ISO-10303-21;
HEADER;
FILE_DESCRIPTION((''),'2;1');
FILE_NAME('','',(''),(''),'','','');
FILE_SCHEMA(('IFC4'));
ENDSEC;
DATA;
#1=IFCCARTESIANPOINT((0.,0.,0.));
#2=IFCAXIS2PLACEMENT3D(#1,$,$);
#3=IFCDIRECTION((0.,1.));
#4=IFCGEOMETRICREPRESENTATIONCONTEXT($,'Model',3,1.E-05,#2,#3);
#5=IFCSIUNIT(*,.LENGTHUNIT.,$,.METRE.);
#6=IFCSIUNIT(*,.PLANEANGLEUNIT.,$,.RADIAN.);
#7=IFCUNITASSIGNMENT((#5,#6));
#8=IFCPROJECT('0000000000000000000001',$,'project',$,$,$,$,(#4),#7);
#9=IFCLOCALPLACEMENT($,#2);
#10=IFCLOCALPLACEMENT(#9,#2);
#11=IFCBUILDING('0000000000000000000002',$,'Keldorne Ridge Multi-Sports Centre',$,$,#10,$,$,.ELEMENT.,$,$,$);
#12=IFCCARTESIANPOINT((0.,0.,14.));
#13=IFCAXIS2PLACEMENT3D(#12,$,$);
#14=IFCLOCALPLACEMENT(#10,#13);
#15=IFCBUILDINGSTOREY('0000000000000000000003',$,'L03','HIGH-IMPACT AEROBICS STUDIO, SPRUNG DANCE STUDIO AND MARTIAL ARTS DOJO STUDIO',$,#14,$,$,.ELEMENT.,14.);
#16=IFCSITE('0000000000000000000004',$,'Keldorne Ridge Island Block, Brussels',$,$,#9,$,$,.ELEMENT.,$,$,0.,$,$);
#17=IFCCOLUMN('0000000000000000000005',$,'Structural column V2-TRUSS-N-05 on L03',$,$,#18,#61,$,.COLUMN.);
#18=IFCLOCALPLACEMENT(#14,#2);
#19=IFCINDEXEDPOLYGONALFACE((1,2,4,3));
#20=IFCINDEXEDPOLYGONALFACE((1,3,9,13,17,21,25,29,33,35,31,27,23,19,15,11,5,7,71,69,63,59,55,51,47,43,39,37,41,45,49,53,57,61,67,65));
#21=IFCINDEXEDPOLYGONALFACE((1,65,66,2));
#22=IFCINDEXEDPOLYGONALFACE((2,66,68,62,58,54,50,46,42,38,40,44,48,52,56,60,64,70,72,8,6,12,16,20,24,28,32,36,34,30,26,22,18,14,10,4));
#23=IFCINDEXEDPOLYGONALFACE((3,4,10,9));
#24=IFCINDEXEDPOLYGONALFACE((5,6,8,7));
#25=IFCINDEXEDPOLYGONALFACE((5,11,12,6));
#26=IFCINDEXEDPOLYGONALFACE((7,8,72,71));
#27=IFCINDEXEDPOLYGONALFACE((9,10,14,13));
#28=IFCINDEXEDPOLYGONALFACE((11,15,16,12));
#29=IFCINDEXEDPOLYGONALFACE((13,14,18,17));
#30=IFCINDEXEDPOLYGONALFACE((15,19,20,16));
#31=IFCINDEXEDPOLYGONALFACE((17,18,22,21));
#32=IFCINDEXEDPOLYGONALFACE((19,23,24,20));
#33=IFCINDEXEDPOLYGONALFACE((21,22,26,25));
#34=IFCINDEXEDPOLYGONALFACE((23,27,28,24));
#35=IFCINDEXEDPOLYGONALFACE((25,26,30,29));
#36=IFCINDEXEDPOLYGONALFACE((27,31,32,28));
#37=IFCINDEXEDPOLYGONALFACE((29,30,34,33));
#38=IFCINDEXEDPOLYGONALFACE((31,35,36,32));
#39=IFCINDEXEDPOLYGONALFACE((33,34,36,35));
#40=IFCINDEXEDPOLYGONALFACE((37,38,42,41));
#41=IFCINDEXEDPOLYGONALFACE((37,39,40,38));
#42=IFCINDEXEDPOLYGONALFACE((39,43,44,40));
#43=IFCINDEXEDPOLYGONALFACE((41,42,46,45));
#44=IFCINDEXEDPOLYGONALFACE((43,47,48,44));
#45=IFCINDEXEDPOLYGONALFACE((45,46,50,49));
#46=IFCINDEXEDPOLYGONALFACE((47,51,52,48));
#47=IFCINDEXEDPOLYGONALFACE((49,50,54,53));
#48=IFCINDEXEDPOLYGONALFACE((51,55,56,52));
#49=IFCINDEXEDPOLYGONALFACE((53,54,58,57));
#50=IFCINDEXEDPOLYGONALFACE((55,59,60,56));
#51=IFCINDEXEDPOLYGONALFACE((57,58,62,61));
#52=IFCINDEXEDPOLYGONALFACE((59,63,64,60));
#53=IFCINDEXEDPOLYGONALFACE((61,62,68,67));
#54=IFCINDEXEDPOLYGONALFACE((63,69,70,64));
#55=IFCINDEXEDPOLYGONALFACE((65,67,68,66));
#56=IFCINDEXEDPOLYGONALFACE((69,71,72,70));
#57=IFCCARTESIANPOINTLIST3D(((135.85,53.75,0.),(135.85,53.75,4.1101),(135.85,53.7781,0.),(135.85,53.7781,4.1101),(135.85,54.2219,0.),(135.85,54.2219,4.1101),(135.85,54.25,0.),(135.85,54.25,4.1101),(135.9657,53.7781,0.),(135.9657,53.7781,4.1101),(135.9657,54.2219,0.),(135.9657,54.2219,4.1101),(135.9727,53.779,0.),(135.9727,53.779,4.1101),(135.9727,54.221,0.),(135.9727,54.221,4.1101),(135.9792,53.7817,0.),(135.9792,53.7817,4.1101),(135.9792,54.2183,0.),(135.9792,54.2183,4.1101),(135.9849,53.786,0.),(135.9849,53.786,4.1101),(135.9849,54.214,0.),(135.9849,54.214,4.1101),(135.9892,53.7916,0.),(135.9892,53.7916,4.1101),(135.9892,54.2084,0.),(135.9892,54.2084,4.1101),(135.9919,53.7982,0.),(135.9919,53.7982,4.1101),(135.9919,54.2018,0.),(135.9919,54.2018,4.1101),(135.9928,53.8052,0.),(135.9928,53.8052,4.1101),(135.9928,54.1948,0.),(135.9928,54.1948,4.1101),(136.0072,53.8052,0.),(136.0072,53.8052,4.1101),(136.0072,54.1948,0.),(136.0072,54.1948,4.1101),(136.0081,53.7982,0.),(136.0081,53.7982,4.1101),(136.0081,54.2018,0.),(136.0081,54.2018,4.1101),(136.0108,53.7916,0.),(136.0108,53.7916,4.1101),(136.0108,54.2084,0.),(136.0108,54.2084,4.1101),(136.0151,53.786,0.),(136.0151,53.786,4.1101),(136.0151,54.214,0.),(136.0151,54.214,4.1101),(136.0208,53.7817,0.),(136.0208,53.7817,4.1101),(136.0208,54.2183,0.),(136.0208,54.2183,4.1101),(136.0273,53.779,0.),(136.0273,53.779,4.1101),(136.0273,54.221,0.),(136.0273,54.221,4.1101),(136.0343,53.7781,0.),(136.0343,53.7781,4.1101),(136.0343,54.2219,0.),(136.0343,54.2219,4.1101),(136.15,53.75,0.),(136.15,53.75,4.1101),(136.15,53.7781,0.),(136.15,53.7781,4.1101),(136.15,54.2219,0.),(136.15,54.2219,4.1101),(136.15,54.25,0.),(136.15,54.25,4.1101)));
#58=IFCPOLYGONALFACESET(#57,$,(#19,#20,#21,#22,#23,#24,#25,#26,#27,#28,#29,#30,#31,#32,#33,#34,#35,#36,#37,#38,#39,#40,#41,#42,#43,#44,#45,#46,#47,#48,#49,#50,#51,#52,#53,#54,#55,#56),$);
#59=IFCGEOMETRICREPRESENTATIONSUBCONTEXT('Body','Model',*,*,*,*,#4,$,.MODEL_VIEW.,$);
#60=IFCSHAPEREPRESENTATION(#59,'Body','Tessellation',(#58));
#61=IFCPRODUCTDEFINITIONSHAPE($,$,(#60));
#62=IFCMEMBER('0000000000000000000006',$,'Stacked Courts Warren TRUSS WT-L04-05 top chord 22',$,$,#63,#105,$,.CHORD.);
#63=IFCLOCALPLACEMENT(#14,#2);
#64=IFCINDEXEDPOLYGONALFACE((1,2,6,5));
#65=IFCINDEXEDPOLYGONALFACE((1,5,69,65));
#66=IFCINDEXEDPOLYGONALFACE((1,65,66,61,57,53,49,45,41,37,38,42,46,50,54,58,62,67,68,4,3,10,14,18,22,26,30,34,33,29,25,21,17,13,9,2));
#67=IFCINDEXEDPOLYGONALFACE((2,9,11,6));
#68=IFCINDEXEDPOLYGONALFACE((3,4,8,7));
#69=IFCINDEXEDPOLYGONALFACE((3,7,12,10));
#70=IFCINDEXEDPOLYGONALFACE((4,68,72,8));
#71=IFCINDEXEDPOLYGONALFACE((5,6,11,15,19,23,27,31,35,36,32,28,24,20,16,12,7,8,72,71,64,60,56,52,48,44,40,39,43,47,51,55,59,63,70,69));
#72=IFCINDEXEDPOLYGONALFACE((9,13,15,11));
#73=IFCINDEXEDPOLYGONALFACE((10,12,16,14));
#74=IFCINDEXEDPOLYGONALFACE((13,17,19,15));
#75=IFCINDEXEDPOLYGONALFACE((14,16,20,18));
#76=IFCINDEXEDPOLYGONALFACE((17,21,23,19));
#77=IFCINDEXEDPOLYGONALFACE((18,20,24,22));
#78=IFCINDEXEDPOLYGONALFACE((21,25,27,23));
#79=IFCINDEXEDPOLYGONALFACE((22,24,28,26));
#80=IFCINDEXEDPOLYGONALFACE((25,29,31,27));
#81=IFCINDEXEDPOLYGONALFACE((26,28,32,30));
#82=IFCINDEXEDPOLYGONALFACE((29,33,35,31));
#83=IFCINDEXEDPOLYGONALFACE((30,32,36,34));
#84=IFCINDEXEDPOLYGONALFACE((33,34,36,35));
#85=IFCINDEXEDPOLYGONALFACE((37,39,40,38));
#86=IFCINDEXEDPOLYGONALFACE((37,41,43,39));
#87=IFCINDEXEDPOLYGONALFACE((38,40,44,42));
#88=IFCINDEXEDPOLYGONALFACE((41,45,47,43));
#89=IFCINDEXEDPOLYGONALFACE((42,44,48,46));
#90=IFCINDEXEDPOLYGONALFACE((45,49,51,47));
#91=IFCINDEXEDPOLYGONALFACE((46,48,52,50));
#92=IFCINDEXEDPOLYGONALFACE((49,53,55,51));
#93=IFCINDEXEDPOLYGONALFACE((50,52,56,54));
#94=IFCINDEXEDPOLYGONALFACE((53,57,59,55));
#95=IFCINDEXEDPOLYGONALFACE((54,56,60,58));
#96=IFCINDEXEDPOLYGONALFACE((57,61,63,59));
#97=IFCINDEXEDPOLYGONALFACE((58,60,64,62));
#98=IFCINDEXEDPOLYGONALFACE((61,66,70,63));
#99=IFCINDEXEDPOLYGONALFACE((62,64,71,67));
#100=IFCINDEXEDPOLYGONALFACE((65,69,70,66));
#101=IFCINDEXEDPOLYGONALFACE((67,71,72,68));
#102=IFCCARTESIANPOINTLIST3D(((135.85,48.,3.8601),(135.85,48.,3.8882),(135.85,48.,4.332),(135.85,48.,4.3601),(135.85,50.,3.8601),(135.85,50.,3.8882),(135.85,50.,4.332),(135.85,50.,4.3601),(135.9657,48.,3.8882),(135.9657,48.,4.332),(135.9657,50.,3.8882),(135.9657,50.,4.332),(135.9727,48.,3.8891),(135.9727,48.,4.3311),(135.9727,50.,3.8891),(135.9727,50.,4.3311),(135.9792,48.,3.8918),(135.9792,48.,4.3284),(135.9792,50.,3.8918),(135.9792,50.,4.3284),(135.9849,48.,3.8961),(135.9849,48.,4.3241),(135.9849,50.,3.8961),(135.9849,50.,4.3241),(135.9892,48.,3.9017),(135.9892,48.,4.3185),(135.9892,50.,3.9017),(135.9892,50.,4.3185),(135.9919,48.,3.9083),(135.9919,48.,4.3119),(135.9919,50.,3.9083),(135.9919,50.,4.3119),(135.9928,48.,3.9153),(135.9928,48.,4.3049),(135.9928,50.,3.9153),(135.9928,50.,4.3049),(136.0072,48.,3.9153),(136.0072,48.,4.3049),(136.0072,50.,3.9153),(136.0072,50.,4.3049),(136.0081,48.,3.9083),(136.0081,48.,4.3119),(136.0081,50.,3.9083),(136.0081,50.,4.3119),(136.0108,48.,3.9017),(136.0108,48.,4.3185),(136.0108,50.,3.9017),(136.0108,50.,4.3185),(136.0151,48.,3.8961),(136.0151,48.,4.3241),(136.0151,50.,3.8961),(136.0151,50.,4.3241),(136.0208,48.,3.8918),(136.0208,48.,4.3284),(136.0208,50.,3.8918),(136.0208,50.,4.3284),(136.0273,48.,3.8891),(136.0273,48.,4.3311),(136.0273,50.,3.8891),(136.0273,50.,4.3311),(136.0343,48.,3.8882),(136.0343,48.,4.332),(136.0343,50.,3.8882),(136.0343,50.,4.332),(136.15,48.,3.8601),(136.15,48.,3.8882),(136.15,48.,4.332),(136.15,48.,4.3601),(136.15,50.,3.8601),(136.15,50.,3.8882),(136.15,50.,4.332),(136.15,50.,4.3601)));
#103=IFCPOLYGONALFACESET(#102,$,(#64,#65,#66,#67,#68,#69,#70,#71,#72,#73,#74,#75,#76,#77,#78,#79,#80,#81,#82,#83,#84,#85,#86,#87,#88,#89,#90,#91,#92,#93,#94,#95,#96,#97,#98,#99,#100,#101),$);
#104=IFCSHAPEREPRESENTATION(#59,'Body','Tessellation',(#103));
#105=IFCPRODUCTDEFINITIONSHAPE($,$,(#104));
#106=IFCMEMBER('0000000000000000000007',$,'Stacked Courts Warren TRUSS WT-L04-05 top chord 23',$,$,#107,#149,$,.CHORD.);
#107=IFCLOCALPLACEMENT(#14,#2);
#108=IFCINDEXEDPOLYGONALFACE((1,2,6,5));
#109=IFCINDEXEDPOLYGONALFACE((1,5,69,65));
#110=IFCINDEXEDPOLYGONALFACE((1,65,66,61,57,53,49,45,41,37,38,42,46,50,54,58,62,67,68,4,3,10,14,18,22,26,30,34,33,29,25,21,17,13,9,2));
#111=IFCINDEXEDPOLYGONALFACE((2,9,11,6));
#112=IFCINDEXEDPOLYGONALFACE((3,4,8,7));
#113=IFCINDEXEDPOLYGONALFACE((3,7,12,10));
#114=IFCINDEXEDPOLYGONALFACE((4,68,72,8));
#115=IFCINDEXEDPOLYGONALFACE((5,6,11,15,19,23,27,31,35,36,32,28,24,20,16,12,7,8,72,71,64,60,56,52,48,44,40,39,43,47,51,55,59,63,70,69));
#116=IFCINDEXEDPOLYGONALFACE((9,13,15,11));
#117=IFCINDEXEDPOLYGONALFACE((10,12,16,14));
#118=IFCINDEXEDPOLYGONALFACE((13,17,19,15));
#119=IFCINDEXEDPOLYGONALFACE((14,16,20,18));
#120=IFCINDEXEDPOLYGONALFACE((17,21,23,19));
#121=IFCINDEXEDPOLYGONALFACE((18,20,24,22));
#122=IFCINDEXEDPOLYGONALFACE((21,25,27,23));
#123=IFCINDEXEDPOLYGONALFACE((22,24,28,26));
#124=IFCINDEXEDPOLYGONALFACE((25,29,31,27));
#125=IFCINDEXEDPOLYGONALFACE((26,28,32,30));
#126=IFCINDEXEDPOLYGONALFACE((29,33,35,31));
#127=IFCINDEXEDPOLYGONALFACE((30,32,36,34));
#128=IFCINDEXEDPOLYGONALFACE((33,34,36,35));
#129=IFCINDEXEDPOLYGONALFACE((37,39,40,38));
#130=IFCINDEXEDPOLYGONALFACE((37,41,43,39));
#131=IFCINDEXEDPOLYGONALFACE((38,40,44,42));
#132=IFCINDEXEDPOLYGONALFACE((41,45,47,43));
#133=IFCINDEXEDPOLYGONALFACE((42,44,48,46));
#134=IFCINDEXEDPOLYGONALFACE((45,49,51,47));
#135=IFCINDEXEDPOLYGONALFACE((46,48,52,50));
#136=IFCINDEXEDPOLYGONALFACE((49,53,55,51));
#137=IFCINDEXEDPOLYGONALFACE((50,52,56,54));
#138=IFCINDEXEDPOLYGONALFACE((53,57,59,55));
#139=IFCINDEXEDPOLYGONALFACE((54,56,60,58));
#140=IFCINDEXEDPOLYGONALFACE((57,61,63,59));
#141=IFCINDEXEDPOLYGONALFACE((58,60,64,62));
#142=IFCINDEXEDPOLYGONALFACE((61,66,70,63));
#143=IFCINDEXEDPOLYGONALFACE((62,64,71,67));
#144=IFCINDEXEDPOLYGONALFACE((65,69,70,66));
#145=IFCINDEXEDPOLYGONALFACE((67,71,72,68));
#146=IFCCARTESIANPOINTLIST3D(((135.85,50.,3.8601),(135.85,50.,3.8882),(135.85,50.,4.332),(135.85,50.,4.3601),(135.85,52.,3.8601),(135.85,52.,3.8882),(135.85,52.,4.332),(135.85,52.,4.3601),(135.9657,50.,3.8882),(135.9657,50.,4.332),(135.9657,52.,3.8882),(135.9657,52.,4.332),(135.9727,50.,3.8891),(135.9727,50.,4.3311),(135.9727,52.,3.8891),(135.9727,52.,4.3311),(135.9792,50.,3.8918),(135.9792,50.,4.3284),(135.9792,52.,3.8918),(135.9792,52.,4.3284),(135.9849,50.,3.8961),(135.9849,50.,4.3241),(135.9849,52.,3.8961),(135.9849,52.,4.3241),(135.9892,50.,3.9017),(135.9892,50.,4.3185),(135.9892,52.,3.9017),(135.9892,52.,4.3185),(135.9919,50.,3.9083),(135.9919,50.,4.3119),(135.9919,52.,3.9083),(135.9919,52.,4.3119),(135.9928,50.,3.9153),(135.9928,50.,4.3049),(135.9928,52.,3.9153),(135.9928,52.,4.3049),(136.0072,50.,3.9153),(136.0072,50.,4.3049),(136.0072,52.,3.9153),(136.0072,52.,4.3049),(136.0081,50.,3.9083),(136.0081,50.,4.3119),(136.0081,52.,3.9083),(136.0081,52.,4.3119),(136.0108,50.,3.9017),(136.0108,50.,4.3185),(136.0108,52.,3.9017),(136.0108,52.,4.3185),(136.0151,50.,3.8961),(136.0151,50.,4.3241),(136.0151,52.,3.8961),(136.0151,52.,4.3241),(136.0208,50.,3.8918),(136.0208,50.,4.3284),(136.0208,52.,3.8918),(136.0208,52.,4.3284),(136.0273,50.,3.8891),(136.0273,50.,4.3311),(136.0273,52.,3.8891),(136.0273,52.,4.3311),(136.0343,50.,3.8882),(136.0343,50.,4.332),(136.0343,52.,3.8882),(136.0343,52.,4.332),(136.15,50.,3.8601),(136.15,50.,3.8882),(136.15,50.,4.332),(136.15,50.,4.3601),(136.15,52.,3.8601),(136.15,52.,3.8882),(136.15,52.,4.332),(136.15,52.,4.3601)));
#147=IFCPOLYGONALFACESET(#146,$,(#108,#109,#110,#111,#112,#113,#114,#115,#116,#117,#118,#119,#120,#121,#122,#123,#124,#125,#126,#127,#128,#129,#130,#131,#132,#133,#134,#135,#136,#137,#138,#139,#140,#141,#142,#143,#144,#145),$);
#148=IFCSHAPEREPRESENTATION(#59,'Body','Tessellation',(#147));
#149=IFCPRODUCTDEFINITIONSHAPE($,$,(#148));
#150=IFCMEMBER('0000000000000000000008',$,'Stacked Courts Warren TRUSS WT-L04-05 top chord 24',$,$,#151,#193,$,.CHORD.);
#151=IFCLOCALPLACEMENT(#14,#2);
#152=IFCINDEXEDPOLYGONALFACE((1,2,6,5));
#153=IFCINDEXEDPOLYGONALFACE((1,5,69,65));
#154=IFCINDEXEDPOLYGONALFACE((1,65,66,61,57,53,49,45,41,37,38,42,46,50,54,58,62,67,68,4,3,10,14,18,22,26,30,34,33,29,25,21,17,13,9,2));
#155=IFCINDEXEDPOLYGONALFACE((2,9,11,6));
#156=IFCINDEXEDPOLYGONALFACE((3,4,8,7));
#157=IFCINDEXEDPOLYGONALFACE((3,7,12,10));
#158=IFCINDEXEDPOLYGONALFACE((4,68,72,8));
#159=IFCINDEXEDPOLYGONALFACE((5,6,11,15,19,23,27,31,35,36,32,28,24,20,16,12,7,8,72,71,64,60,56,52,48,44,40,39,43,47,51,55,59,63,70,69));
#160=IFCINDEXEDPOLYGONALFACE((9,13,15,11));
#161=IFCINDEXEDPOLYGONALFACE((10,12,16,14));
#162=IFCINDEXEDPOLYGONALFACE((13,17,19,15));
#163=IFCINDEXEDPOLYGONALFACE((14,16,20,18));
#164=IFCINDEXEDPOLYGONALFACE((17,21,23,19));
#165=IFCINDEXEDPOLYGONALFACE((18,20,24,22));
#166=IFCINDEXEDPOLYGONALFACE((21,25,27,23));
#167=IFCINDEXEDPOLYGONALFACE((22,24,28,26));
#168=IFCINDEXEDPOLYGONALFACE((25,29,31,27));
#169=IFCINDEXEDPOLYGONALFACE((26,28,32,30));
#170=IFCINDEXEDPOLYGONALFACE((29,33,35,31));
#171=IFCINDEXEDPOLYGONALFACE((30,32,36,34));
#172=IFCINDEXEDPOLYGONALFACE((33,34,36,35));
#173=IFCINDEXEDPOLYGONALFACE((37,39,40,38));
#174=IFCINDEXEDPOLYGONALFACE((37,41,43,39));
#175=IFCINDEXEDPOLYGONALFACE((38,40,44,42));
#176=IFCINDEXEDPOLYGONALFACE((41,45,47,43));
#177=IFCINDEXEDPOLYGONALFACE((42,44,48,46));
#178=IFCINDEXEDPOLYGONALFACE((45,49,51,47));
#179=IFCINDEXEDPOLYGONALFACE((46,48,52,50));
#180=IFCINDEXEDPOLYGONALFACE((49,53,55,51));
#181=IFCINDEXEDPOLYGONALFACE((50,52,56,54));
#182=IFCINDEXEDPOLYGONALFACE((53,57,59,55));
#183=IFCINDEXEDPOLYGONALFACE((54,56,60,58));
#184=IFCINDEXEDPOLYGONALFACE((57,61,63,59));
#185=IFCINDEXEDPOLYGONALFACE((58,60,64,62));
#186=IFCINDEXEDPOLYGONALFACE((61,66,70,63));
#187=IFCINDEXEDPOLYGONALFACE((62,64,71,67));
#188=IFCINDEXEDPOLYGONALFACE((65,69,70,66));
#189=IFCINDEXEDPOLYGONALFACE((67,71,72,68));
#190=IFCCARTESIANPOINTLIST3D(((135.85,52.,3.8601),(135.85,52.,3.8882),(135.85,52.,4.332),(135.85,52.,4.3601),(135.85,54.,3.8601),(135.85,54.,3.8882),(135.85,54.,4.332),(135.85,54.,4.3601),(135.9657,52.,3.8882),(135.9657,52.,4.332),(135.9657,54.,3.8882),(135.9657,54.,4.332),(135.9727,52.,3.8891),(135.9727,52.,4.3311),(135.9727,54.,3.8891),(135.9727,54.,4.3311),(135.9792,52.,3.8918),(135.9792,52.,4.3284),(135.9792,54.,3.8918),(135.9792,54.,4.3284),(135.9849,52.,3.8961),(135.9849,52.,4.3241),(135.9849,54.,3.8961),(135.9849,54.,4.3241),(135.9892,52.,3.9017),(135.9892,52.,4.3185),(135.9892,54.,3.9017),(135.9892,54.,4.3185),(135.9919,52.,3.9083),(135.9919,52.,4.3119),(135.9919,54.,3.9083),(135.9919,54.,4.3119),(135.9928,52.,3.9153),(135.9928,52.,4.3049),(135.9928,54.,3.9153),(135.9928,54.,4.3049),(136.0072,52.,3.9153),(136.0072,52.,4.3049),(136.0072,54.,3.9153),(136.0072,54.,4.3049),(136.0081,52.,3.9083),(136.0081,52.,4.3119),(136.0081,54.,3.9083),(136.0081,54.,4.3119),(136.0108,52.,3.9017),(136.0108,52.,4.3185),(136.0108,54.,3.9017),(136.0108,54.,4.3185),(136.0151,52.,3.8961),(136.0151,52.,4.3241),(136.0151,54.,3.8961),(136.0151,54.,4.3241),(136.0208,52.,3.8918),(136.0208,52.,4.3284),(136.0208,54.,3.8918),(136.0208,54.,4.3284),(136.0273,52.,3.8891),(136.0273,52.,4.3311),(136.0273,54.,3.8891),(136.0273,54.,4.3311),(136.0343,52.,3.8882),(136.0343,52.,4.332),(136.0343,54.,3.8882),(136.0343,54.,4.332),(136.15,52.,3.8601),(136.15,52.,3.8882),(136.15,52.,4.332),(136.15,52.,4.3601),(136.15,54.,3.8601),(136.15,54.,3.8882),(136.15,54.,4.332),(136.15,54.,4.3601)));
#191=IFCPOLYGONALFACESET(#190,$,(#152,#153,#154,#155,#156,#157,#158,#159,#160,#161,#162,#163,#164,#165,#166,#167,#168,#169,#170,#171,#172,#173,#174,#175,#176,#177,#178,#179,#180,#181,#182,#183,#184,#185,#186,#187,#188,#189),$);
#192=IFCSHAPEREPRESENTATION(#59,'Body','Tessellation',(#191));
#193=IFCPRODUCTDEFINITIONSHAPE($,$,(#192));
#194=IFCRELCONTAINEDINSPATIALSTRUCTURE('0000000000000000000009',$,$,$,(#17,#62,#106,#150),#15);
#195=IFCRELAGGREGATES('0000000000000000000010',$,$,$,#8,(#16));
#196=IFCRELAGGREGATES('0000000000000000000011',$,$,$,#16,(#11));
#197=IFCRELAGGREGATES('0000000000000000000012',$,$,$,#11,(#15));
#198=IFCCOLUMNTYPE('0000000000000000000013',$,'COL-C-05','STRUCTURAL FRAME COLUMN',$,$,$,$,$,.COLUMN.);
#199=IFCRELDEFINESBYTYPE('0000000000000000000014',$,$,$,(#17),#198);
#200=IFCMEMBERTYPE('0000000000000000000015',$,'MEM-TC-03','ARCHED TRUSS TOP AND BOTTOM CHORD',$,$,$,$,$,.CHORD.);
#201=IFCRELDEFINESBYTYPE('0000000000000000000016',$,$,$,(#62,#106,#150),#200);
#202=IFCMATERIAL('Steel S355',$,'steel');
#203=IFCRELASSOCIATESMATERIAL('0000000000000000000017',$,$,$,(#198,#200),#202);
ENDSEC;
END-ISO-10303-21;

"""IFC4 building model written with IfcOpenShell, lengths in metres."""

from ifc_helpers import new_model, si_unit, direction, frame, origin, origin_2d, place, context, subcontext, project, spatial, i_section, extrude, material, material_profile, profile_set, type_object, element, save


model = new_model("IFC4")

# Units and contexts
model_context = context("Model", 3, precision=1e-05, world=origin(), true_north=direction((0.0, 1.0)))
body_context = subcontext(model_context, "Body", "Model", "MODEL_VIEW")
ifc_project = project(units=[si_unit("LENGTHUNIT", "METRE"), si_unit("PLANEANGLEUNIT", "RADIAN")], contexts=[model_context])

# Site, building, storey
site_placement = place(None, origin())
site = spatial("IfcSite", under=ifc_project, at=site_placement, Name="Keldorne Ridge Island Block, Brussels", CompositionType="ELEMENT", RefElevation=0.0)
building_placement = place(site_placement, origin())
building = spatial("IfcBuilding", under=site, at=building_placement, Name="Keldorne Ridge Multi-Sports Centre", CompositionType="ELEMENT")
storey_placement = place(building_placement, frame((0.0, 0.0, 14.0)))
storey = spatial("IfcBuildingStorey", under=building, at=storey_placement, Name="L03", Description="HIGH-IMPACT AEROBICS STUDIO, SPRUNG DANCE STUDIO AND MARTIAL ARTS DOJO STUDIO", CompositionType="ELEMENT", Elevation=14.0)

# Column
ifc_material_1 = material(Name="Steel S355", Category="steel")
ifc_material_profile_1 = material_profile(ifc_material_1, i_section(OverallWidth=0.3, OverallDepth=0.5, WebThickness=0.0144, FlangeThickness=0.0281, FilletRadius=0.0271, at=origin_2d()), Name="HEB 500")
ifc_profile_set_1 = profile_set([ifc_material_profile_1], Name="Steel S355")
column_type = type_object("IfcColumnType", Name="COL-C-05", Description="STRUCTURAL FRAME COLUMN", PredefinedType="COLUMN", material=ifc_profile_set_1)
column_placement = place(storey_placement, frame((136.0, 54.0, 0.0), z_axis=(0.0, 0.0, 1.0), x_axis=(1.0, 0.0, 0.0)))
element("IfcColumn", 1, at=column_placement, inside=storey, type_object=column_type, Name="Structural column V2-TRUSS-N-05 on L03", PredefinedType="COLUMN", context=body_context, shape_type="SweptSolid", body=[
    extrude(i_section(OverallWidth=0.3, OverallDepth=0.5, WebThickness=0.0144, FlangeThickness=0.0281, FilletRadius=0.0271, at=origin_2d()), origin(), (0.0, 0.0, 1.0), 4.1101),
])

# Members
ifc_material_profile_2 = material_profile(ifc_material_1, i_section(OverallWidth=0.3, OverallDepth=0.5, WebThickness=0.0144, FlangeThickness=0.0281, FilletRadius=0.0271, at=origin_2d()), Name="HEB 500")
ifc_profile_set_2 = profile_set([ifc_material_profile_2], Name="Steel S355")
member_type_1 = type_object("IfcMemberType", Name="MEM-TC-03", Description="ARCHED TRUSS TOP AND BOTTOM CHORD", PredefinedType="CHORD", material=ifc_profile_set_2)
for number, where, z_axis, x_axis, name in (
    (2, (136.0, 48.0, 4.1101), (0.0, 1.0, 0.0), (-1.0, 0.0, 0.0), "Stacked Courts Warren TRUSS WT-L04-05 top chord 22"),
    (3, (136.0, 50.0, 4.1101), (0.0, 1.0, 0.0), (-1.0, 0.0, 0.0), "Stacked Courts Warren TRUSS WT-L04-05 top chord 23"),
    (4, (136.0, 52.0, 4.1101), (0.0, 1.0, 0.0), (-1.0, 0.0, 0.0), "Stacked Courts Warren TRUSS WT-L04-05 top chord 24"),
):
    element("IfcMember", number, at=place(storey_placement, frame(where, z_axis=z_axis, x_axis=x_axis)), inside=storey, type_object=member_type_1, Name=name, PredefinedType="CHORD", context=body_context, shape_type="SweptSolid", body=[
        extrude(i_section(OverallWidth=0.3, OverallDepth=0.5, WebThickness=0.0144, FlangeThickness=0.0281, FilletRadius=0.0271, at=origin_2d()), origin(), (0.0, 0.0, 1.0), 2.0),
    ])

save(model, "model.ifc")
